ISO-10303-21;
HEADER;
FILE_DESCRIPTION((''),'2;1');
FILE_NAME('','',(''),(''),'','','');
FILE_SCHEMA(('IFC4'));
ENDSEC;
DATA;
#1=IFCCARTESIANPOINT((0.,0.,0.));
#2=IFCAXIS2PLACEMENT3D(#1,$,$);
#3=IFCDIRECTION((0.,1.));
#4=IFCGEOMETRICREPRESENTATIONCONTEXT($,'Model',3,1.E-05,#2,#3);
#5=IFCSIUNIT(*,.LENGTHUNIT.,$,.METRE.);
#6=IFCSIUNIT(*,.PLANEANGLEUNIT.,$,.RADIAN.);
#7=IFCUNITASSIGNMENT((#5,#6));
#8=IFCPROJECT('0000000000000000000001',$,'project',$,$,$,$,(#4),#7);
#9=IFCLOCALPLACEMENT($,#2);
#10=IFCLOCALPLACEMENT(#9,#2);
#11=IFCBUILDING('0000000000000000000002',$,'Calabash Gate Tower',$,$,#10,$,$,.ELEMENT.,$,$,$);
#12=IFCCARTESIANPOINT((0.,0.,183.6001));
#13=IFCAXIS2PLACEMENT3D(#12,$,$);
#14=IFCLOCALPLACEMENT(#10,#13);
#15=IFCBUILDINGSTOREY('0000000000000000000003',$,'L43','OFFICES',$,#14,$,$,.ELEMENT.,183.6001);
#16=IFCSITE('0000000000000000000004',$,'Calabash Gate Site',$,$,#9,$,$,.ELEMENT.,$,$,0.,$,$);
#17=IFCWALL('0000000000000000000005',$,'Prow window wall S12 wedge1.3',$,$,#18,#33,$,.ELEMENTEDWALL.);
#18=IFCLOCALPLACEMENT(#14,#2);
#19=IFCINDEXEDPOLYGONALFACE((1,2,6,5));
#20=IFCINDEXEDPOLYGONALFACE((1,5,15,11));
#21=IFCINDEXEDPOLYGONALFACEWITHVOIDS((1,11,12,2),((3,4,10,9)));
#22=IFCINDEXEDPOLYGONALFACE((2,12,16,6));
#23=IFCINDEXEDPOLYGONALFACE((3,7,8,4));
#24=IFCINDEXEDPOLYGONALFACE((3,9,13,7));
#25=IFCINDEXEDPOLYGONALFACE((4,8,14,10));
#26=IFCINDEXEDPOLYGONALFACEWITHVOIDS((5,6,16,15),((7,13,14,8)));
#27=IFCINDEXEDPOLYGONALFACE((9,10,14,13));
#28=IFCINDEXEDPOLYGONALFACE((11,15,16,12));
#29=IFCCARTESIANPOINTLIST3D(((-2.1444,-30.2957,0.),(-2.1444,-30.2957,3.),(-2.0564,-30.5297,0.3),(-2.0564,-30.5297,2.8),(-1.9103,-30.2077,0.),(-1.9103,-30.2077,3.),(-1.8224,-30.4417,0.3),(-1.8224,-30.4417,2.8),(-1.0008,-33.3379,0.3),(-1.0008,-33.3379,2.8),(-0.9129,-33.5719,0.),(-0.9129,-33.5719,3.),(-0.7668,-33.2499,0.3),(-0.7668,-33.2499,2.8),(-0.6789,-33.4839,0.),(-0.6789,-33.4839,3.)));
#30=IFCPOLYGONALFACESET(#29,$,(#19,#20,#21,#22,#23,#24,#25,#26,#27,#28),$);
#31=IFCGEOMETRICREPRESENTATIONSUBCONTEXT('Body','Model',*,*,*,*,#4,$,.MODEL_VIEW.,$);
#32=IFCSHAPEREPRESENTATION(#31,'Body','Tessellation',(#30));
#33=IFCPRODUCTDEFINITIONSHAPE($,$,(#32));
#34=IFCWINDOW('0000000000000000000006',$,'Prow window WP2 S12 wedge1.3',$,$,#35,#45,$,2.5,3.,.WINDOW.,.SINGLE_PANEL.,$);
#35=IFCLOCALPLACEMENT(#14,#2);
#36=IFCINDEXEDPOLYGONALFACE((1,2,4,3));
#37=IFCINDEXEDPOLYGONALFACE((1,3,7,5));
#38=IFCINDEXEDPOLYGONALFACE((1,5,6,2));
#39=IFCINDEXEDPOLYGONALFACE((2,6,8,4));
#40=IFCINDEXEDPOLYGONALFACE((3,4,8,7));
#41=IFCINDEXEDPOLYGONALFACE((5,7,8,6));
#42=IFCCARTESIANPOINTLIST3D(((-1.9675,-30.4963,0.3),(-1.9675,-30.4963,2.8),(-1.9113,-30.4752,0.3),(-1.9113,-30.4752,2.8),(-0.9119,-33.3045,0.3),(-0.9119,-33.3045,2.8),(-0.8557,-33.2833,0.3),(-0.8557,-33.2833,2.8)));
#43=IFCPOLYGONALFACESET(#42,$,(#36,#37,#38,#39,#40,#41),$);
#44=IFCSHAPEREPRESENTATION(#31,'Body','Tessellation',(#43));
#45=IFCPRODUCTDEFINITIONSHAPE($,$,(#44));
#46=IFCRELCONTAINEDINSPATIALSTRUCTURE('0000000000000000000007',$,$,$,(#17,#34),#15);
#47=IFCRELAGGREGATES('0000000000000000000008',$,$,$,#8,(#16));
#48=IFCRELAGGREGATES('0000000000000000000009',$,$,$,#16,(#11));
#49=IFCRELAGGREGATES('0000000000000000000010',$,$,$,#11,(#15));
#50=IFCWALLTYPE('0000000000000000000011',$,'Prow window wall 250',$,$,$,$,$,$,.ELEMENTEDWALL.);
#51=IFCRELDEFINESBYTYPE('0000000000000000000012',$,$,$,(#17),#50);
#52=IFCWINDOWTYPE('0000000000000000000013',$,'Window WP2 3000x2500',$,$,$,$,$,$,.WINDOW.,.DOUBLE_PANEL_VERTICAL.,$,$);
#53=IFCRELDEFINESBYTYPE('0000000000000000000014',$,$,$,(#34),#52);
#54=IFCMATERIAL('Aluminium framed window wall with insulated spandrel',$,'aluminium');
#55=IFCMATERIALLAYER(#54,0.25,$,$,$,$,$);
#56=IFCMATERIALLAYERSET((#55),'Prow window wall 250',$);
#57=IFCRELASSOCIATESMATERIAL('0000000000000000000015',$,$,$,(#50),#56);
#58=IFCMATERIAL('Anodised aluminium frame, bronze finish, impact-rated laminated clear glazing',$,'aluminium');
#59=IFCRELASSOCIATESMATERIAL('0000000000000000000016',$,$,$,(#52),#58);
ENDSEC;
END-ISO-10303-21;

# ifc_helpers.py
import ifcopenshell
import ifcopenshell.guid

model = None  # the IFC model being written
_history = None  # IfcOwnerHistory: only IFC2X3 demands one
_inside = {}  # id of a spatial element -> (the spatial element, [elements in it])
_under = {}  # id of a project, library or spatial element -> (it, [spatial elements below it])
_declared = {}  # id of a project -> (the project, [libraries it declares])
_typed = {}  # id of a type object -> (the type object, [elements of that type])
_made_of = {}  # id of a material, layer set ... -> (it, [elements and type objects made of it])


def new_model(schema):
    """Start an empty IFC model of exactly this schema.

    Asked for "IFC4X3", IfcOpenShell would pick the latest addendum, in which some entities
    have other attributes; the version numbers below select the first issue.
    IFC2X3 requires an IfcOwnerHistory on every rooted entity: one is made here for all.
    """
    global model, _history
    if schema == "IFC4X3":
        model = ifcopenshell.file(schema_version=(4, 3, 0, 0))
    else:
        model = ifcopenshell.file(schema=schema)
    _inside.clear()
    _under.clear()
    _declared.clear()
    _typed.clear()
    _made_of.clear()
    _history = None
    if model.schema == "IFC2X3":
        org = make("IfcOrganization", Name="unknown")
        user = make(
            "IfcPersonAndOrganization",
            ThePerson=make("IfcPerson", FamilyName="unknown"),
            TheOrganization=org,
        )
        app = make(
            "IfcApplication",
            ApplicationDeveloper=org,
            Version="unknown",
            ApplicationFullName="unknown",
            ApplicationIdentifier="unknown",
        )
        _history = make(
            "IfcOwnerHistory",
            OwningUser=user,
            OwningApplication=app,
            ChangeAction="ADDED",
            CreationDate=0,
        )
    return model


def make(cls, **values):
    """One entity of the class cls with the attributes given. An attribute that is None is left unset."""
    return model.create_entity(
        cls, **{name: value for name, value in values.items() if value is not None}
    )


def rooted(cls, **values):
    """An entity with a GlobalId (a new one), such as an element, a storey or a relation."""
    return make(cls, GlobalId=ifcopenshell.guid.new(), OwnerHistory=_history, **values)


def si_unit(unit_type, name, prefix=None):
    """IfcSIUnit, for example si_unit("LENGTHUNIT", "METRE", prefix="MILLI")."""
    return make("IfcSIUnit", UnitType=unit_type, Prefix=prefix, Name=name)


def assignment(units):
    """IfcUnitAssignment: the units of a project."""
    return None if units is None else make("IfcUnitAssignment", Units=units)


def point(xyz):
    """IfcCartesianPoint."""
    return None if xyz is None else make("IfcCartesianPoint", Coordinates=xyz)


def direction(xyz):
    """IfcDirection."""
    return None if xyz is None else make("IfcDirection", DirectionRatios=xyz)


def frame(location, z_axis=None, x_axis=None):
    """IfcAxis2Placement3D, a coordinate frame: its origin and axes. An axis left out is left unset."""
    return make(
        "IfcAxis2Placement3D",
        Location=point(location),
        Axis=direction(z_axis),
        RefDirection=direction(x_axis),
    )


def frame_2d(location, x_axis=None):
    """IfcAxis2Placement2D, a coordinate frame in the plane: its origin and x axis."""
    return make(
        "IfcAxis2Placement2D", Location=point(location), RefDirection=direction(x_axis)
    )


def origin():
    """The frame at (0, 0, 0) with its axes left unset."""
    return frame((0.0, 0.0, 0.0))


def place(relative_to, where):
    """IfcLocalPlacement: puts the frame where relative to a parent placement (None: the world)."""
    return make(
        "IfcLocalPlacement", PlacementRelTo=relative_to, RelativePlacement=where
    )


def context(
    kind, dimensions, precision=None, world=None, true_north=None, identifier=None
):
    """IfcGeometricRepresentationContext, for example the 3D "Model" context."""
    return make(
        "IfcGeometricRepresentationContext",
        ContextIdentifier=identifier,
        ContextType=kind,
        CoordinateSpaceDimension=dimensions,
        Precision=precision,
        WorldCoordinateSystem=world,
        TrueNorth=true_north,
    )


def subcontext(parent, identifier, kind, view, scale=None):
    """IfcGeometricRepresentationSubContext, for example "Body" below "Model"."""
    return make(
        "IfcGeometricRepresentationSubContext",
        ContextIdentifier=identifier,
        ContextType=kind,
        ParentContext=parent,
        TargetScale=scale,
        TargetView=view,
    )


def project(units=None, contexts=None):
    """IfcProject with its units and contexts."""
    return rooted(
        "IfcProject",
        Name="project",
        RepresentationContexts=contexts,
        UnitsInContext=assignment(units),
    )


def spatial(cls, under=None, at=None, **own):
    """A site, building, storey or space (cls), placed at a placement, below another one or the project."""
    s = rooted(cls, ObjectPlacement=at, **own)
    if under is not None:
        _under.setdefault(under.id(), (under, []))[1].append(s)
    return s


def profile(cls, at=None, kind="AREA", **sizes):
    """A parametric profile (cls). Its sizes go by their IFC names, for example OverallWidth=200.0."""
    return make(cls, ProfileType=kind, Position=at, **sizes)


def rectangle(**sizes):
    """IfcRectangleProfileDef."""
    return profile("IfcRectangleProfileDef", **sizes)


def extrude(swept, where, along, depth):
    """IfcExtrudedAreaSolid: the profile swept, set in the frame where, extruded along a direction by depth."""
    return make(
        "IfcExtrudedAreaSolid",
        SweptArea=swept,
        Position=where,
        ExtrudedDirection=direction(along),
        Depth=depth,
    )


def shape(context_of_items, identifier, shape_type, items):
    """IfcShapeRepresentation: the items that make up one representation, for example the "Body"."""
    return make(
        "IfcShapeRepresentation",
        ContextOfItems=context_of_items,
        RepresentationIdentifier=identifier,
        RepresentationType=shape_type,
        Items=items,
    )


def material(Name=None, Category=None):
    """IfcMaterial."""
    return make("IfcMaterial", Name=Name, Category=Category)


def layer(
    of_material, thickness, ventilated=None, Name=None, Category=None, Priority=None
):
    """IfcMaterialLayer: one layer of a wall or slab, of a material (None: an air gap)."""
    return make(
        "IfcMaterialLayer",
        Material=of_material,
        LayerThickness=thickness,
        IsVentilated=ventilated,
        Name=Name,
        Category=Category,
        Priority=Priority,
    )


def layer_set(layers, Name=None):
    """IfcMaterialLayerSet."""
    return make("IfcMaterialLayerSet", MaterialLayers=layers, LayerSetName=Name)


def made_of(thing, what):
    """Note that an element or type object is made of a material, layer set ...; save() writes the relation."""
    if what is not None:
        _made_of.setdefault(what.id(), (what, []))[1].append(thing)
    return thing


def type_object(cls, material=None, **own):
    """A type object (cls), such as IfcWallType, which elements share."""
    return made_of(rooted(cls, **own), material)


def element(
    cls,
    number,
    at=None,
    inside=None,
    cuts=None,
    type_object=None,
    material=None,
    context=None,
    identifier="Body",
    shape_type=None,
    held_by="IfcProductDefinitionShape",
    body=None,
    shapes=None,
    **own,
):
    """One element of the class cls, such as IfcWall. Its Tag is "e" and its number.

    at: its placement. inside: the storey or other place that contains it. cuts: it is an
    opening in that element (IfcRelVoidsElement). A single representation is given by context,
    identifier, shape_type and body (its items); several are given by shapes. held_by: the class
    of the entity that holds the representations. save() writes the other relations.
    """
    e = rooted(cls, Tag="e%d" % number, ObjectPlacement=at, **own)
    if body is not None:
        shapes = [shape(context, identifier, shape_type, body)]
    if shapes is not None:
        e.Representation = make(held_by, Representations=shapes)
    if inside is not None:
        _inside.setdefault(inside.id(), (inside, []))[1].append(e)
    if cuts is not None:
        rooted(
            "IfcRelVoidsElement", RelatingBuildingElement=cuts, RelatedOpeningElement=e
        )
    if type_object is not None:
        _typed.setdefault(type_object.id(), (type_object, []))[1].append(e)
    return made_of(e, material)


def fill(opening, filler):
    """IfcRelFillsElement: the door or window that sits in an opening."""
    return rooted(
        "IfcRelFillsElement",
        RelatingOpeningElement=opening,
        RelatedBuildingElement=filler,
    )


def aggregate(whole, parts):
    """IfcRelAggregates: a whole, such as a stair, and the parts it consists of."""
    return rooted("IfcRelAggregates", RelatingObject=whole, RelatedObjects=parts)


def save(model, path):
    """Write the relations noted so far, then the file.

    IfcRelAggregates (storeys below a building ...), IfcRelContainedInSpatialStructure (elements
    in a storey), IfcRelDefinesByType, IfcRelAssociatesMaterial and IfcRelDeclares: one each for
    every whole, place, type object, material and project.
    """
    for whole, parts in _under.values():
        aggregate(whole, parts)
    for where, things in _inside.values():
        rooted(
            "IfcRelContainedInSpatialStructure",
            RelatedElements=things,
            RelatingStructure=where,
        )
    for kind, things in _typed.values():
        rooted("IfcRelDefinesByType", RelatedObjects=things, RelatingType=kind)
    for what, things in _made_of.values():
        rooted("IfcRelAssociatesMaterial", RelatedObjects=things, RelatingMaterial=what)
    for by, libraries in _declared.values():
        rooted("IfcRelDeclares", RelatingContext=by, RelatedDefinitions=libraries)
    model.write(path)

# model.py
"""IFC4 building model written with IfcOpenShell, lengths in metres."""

from ifc_helpers import new_model, si_unit, direction, frame, frame_2d, origin, place, context, subcontext, project, spatial, rectangle, extrude, material, layer, layer_set, type_object, element, fill, save


model = new_model("IFC4")

# Units and contexts
model_context = context("Model", 3, precision=1e-05, world=origin(), true_north=direction((0.0, 1.0)))
body_context = subcontext(model_context, "Body", "Model", "MODEL_VIEW")
ifc_project = project(units=[si_unit("LENGTHUNIT", "METRE"), si_unit("PLANEANGLEUNIT", "RADIAN")], contexts=[model_context])

# Site, building, storey
site_placement = place(None, origin())
site = spatial("IfcSite", under=ifc_project, at=site_placement, Name="Calabash Gate Site", CompositionType="ELEMENT", RefElevation=0.0)
building_placement = place(site_placement, origin())
building = spatial("IfcBuilding", under=site, at=building_placement, Name="Calabash Gate Tower", CompositionType="ELEMENT")
storey_placement = place(building_placement, frame((0.0, 0.0, 183.6001)))
storey = spatial("IfcBuildingStorey", under=building, at=storey_placement, Name="L43", Description="OFFICES", CompositionType="ELEMENT", Elevation=183.6001)

# Wall, opening, window
ifc_material_1 = material(Name="Aluminium framed window wall with insulated spandrel", Category="aluminium")
ifc_layer_1 = layer(ifc_material_1, 0.25)
ifc_layer_set_1 = layer_set([ifc_layer_1], Name="Prow window wall 250")
wall_type_1 = type_object("IfcWallType", Name="Prow window wall 250", PredefinedType="ELEMENTEDWALL", material=ifc_layer_set_1)
ifc_material_2 = material(Name="Anodised aluminium frame, bronze finish, impact-rated laminated clear glazing", Category="aluminium")
window_type_1 = type_object("IfcWindowType", Name="Window WP2 3000x2500", PartitioningType="DOUBLE_PANEL_VERTICAL", PredefinedType="WINDOW", material=ifc_material_2)
wall_1_placement = place(storey_placement, frame((-2.0273, -30.2517, 0.0), z_axis=(0.0, 0.0, 1.0), x_axis=(0.35185, -0.936057, 0.0)))
wall_1 = element("IfcWall", 1, at=wall_1_placement, inside=storey, type_object=wall_type_1, Name="Prow window wall S12 wedge1.3", PredefinedType="ELEMENTEDWALL", context=body_context, shape_type="SweptSolid", body=[
    extrude(rectangle(XDim=3.5, YDim=0.25, at=frame_2d((1.75, 0.0))), origin(), (0.0, 0.0, 1.0), 3.0),
])
opening_1_placement = place(wall_1_placement, frame((0.25, 0.0, 0.3)))
opening_1 = element("IfcOpeningElement", 2, at=opening_1_placement, cuts=wall_1, PredefinedType="OPENING", context=body_context, shape_type="SweptSolid", body=[
    extrude(rectangle(XDim=3.0, YDim=2.5, at=frame_2d((1.5, 1.25))), frame((0.0, 0.135, 0.0), z_axis=(0.0, -1.0, 0.0), x_axis=(1.0, 0.0, 0.0)), (0.0, 0.0, 1.0), 0.27),
])
window_1_placement = place(opening_1_placement, origin())
window_1 = element("IfcWindow", 3, at=window_1_placement, inside=storey, type_object=window_type_1, Name="Prow window WP2 S12 wedge1.3", OverallHeight=2.5, OverallWidth=3.0, PartitioningType="SINGLE_PANEL", PredefinedType="WINDOW", context=body_context, shape_type="SweptSolid", body=[
    extrude(rectangle(XDim=3.0, YDim=2.5, at=frame_2d((1.5, 1.25))), frame((0.0, 0.03, 0.0), z_axis=(0.0, -1.0, 0.0), x_axis=(1.0, 0.0, 0.0)), (0.0, 0.0, 1.0), 0.0601),
])
fill(opening_1, window_1)

save(model, "model.ifc")
